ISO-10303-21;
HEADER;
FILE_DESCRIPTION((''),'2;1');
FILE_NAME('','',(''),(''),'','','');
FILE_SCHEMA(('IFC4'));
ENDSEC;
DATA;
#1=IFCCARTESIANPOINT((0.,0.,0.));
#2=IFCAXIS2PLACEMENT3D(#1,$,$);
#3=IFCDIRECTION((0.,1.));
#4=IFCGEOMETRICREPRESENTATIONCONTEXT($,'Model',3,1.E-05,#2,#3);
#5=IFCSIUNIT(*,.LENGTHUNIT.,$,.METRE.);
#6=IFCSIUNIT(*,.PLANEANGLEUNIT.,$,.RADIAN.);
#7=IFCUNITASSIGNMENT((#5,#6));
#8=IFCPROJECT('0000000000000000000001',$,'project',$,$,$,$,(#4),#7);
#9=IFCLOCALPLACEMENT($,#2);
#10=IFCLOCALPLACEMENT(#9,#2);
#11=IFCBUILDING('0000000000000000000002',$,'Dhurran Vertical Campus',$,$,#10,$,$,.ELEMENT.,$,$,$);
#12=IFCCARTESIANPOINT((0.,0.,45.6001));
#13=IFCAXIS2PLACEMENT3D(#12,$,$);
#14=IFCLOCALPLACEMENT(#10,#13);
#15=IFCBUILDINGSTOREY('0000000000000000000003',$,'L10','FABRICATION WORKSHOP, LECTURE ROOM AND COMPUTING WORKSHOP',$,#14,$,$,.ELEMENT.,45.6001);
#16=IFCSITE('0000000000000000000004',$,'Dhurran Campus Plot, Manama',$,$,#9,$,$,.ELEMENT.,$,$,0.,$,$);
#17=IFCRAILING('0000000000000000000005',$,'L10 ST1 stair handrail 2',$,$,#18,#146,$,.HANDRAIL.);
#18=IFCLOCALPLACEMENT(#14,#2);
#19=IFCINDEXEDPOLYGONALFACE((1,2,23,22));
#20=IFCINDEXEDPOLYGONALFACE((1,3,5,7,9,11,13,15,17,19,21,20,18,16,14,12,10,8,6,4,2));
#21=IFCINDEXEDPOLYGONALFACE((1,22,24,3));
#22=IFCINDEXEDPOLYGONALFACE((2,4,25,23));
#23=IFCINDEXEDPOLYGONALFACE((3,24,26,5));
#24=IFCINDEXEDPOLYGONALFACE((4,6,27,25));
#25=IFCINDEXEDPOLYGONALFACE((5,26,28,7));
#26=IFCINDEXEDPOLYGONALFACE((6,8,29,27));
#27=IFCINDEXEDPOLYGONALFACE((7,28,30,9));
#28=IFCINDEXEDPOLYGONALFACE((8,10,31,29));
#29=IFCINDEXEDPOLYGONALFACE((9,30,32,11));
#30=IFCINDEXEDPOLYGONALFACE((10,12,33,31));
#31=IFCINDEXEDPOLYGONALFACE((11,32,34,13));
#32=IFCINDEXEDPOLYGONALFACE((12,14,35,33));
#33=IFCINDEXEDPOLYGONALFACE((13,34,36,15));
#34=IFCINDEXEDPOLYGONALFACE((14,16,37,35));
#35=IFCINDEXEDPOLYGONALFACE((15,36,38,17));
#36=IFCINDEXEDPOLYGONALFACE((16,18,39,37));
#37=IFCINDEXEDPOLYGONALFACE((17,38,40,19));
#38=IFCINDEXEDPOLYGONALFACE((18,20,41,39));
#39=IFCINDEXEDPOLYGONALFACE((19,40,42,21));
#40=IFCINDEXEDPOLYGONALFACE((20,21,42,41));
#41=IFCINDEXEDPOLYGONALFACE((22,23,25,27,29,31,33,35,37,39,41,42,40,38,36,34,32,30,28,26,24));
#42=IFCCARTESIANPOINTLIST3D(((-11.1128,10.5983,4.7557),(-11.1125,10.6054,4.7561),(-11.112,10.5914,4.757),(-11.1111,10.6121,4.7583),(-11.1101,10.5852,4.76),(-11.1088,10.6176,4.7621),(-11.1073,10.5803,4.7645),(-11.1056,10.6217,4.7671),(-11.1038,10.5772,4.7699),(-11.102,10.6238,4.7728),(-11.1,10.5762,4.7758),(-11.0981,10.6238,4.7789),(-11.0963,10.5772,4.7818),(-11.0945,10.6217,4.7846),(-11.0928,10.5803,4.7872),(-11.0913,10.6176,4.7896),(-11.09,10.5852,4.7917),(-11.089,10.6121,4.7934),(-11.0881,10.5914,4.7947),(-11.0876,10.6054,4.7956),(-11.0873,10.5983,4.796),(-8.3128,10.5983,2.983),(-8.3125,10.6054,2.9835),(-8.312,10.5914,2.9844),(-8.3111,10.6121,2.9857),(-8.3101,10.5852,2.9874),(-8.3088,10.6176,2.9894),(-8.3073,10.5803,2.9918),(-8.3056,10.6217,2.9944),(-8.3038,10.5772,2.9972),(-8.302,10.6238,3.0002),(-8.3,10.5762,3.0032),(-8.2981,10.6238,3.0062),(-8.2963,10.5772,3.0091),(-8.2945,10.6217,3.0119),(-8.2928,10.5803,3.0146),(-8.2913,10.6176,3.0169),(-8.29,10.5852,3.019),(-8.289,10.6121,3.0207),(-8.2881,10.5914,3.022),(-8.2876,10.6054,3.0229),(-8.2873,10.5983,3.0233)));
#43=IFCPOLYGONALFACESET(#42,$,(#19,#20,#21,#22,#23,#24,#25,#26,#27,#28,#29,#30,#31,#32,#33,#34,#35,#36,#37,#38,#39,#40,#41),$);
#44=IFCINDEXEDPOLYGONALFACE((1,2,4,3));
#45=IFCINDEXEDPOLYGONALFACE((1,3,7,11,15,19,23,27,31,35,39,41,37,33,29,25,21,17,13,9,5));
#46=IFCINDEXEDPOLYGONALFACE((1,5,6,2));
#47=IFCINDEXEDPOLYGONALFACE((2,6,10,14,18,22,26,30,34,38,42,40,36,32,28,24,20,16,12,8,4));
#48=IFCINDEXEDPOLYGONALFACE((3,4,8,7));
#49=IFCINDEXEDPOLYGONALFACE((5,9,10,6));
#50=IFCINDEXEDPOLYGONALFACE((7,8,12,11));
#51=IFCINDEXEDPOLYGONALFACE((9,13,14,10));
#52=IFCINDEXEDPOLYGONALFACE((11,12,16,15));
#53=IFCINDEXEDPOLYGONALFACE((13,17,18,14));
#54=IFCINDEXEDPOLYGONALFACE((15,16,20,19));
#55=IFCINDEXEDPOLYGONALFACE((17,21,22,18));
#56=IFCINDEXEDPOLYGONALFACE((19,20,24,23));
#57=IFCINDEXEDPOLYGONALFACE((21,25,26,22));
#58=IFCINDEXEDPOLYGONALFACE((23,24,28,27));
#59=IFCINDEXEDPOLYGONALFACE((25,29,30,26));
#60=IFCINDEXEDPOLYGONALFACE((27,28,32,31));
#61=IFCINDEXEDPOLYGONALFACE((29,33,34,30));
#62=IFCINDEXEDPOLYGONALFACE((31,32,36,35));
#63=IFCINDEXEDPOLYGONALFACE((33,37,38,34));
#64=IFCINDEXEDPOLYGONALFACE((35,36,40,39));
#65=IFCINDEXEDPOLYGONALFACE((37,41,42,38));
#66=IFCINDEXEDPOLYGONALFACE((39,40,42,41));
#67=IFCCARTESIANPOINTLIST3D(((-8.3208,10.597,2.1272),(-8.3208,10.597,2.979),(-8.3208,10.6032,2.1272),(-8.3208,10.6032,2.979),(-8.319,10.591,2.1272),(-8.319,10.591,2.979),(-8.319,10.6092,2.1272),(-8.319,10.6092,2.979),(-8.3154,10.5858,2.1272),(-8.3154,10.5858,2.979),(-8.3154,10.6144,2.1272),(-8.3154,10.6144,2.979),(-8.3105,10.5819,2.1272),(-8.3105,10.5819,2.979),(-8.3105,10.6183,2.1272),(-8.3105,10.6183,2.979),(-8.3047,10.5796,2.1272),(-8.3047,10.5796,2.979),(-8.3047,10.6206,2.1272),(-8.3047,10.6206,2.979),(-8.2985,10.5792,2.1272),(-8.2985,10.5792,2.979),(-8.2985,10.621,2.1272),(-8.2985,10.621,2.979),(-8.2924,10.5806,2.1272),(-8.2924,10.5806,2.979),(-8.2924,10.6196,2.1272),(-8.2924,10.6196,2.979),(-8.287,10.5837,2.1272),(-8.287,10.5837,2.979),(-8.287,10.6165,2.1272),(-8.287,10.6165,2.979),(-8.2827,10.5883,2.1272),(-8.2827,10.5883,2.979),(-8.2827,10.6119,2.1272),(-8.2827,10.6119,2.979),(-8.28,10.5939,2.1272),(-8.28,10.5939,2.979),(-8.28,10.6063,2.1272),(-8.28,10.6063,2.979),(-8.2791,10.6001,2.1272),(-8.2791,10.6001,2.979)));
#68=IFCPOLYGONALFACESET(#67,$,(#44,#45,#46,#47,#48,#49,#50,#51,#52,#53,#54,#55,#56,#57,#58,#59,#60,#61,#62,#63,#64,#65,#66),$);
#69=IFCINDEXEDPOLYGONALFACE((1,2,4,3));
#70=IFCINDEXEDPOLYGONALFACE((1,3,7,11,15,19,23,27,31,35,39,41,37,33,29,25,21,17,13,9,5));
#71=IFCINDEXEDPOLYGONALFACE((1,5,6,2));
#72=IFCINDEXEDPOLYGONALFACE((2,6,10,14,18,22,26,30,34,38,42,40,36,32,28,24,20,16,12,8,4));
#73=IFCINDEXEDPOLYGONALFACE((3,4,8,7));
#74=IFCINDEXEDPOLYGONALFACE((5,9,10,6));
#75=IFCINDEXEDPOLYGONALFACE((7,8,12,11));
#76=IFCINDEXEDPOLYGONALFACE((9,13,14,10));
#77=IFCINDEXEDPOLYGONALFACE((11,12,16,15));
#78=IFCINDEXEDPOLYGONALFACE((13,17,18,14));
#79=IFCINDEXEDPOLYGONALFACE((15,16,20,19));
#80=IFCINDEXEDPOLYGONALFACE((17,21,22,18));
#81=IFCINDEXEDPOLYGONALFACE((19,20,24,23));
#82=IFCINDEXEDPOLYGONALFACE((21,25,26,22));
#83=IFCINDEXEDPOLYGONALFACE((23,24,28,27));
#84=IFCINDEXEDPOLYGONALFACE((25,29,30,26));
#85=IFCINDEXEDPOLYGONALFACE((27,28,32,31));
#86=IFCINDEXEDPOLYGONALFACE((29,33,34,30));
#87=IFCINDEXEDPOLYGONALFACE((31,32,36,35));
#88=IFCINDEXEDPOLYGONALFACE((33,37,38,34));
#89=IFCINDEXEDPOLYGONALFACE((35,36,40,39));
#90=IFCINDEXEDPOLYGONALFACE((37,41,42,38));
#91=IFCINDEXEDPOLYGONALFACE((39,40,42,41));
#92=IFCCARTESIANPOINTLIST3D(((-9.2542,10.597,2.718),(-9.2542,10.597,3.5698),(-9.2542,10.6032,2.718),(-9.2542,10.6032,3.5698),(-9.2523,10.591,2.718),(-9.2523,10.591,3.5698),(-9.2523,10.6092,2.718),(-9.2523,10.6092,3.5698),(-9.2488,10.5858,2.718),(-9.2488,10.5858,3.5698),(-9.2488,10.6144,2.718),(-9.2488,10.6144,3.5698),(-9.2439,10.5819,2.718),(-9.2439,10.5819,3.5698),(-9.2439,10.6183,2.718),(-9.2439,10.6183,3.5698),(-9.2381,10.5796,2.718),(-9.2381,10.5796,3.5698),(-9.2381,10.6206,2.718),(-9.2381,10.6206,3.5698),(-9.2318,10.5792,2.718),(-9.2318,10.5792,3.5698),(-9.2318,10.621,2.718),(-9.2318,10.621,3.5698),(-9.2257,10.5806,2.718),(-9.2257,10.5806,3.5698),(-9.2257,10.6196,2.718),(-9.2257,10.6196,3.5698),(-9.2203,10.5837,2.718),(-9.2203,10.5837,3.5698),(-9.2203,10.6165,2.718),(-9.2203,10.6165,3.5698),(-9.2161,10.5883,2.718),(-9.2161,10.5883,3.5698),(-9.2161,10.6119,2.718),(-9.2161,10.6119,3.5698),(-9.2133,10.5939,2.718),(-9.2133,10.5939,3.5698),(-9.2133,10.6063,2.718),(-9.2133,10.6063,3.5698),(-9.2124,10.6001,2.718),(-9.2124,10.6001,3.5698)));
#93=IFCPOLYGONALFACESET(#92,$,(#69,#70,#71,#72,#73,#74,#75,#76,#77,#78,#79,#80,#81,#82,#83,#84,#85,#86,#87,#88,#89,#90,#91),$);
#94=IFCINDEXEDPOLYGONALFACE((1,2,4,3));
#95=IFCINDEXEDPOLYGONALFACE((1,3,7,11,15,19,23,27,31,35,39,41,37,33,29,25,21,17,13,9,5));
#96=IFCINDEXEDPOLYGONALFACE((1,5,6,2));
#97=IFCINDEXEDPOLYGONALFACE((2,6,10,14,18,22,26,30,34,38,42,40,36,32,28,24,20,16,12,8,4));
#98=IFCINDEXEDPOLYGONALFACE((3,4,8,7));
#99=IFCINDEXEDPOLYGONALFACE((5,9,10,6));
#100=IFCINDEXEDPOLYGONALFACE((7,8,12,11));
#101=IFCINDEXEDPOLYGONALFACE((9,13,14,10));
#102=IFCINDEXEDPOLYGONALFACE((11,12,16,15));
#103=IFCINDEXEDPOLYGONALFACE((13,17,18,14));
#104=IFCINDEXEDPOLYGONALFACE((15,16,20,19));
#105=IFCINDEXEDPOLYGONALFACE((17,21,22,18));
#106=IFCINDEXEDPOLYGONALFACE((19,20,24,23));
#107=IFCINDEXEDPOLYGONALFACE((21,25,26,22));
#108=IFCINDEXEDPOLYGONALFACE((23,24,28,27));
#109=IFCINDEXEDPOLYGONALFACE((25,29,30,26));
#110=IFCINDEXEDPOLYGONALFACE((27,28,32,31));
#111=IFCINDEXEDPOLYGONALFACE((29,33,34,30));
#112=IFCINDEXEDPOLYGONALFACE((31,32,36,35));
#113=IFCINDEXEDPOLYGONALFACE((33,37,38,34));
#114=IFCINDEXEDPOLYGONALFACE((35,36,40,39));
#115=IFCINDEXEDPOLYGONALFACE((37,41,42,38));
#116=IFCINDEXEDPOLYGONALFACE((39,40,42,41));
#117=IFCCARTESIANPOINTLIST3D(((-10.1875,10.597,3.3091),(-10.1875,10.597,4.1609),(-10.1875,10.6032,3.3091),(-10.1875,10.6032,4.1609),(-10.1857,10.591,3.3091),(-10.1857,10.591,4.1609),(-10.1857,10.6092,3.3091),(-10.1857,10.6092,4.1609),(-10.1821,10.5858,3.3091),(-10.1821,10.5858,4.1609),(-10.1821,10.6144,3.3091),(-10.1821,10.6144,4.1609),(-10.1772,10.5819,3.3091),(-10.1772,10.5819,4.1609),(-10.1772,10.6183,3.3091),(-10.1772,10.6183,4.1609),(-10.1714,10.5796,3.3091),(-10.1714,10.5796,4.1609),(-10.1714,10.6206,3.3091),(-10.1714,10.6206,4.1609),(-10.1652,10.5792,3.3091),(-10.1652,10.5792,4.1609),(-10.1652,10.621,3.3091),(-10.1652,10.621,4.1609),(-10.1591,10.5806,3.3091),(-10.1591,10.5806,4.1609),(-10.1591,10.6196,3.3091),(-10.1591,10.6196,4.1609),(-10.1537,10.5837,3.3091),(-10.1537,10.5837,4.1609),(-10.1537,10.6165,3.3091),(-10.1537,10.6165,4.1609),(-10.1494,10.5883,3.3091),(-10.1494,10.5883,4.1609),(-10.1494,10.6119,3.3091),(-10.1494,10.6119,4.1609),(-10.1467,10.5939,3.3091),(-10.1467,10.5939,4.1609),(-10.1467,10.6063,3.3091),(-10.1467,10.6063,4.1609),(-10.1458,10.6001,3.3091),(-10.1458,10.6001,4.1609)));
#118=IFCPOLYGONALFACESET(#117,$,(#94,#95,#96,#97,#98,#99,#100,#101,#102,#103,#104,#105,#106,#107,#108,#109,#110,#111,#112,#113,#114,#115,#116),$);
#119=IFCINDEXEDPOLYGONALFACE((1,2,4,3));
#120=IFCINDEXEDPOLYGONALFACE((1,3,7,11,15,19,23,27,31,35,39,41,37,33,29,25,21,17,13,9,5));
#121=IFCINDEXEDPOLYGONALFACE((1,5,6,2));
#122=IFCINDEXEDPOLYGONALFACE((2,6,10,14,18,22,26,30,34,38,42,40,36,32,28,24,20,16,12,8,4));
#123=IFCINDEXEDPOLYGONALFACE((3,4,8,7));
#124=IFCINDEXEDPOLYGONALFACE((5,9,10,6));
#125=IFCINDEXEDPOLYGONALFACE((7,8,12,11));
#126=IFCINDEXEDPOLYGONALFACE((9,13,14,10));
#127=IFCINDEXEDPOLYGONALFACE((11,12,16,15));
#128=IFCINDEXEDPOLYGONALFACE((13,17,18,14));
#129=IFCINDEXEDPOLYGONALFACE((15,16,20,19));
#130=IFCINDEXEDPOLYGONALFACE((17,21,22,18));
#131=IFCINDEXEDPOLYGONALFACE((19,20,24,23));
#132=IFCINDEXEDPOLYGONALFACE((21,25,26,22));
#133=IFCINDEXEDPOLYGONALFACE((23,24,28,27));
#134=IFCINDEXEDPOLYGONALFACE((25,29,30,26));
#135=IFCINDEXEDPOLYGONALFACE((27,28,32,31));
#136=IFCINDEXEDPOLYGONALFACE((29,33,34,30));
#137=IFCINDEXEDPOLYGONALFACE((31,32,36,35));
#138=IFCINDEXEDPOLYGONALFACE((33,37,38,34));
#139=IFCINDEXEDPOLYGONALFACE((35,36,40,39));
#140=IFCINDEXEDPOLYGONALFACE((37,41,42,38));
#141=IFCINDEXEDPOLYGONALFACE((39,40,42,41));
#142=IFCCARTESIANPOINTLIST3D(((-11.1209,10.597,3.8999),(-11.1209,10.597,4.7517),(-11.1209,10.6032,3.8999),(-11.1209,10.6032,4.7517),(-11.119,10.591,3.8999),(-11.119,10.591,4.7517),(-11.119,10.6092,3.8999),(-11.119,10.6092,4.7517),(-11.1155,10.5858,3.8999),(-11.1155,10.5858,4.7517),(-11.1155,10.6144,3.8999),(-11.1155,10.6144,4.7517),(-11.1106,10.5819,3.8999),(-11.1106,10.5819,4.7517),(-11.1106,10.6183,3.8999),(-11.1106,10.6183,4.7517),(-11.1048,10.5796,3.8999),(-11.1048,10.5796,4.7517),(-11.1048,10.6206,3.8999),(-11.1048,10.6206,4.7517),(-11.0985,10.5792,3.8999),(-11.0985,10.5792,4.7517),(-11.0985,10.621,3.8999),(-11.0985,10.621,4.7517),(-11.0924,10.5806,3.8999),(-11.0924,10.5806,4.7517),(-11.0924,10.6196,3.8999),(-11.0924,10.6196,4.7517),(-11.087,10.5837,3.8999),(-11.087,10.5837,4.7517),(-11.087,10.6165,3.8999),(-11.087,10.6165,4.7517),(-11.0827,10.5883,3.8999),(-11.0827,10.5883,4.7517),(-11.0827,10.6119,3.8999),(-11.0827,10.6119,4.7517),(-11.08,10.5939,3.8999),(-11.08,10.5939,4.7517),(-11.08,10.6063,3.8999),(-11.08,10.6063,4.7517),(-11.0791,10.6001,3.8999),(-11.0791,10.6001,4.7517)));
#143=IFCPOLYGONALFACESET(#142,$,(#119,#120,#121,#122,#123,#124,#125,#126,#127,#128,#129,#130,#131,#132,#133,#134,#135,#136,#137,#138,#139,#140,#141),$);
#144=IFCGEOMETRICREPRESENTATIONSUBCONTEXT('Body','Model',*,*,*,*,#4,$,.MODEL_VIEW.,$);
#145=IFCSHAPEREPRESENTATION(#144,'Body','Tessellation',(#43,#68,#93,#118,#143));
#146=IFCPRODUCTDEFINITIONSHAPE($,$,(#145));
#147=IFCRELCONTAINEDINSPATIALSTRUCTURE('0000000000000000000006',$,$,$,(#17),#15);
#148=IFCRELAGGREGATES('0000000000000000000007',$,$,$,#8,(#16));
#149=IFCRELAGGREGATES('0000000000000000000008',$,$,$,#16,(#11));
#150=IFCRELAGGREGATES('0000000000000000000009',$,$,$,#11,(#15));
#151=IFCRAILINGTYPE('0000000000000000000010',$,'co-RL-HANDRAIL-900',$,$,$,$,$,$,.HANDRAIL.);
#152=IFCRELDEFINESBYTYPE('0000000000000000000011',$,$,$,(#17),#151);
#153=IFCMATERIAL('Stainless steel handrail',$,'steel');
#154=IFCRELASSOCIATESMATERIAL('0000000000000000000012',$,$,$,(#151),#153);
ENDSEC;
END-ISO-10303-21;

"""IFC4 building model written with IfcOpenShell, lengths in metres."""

from ifc_helpers import new_model, si_unit, direction, frame, origin, origin_2d, place, context, subcontext, project, spatial, circle, extrude, material, type_object, element, save


model = new_model("IFC4")

# Units and contexts
model_context = context("Model", 3, precision=1e-05, world=origin(), true_north=direction((0.0, 1.0)))
body_context = subcontext(model_context, "Body", "Model", "MODEL_VIEW")
ifc_project = project(units=[si_unit("LENGTHUNIT", "METRE"), si_unit("PLANEANGLEUNIT", "RADIAN")], contexts=[model_context])

# Site, building, storey
site_placement = place(None, origin())
site = spatial("IfcSite", under=ifc_project, at=site_placement, Name="Dhurran Campus Plot, Manama", CompositionType="ELEMENT", RefElevation=0.0)
building_placement = place(site_placement, origin())
building = spatial("IfcBuilding", under=site, at=building_placement, Name="Dhurran Vertical Campus", CompositionType="ELEMENT")
storey_placement = place(building_placement, frame((0.0, 0.0, 45.6001)))
storey = spatial("IfcBuildingStorey", under=building, at=storey_placement, Name="L10", Description="FABRICATION WORKSHOP, LECTURE ROOM AND COMPUTING WORKSHOP", CompositionType="ELEMENT", Elevation=45.6001)

# Railing
ifc_material_1 = material(Name="Stainless steel handrail", Category="steel")
railing_type_1 = type_object("IfcRailingType", Name="co-RL-HANDRAIL-900", PredefinedType="HANDRAIL", material=ifc_material_1)
railing_1_placement = place(storey_placement, frame((-8.3, 10.6001, 2.1272)))
element("IfcRailing", 1, at=railing_1_placement, inside=storey, type_object=railing_type_1, Name="L10 ST1 stair handrail 2", PredefinedType="HANDRAIL", context=body_context, shape_type="SweptSolid", body=[
    extrude(circle(Radius=0.0239, at=origin_2d()), frame((0.0, 0.0, 0.876), z_axis=(-0.844909, 0.0, 0.53491), x_axis=(0.0, -1.0, 0.0)), (0.0, 0.0, 1.0), 3.314),
    extrude(circle(Radius=0.021, at=origin_2d()), origin(), (0.0, 0.0, 1.0), 0.8518),
    extrude(circle(Radius=0.021, at=origin_2d()), frame((-0.9333, 0.0, 0.5908)), (0.0, 0.0, 1.0), 0.8518),
    extrude(circle(Radius=0.021, at=origin_2d()), frame((-1.8667, 0.0, 1.1819)), (0.0, 0.0, 1.0), 0.8518),
    extrude(circle(Radius=0.021, at=origin_2d()), frame((-2.8, 0.0, 1.7727)), (0.0, 0.0, 1.0), 0.8518),
])

save(model, "model.ifc")
